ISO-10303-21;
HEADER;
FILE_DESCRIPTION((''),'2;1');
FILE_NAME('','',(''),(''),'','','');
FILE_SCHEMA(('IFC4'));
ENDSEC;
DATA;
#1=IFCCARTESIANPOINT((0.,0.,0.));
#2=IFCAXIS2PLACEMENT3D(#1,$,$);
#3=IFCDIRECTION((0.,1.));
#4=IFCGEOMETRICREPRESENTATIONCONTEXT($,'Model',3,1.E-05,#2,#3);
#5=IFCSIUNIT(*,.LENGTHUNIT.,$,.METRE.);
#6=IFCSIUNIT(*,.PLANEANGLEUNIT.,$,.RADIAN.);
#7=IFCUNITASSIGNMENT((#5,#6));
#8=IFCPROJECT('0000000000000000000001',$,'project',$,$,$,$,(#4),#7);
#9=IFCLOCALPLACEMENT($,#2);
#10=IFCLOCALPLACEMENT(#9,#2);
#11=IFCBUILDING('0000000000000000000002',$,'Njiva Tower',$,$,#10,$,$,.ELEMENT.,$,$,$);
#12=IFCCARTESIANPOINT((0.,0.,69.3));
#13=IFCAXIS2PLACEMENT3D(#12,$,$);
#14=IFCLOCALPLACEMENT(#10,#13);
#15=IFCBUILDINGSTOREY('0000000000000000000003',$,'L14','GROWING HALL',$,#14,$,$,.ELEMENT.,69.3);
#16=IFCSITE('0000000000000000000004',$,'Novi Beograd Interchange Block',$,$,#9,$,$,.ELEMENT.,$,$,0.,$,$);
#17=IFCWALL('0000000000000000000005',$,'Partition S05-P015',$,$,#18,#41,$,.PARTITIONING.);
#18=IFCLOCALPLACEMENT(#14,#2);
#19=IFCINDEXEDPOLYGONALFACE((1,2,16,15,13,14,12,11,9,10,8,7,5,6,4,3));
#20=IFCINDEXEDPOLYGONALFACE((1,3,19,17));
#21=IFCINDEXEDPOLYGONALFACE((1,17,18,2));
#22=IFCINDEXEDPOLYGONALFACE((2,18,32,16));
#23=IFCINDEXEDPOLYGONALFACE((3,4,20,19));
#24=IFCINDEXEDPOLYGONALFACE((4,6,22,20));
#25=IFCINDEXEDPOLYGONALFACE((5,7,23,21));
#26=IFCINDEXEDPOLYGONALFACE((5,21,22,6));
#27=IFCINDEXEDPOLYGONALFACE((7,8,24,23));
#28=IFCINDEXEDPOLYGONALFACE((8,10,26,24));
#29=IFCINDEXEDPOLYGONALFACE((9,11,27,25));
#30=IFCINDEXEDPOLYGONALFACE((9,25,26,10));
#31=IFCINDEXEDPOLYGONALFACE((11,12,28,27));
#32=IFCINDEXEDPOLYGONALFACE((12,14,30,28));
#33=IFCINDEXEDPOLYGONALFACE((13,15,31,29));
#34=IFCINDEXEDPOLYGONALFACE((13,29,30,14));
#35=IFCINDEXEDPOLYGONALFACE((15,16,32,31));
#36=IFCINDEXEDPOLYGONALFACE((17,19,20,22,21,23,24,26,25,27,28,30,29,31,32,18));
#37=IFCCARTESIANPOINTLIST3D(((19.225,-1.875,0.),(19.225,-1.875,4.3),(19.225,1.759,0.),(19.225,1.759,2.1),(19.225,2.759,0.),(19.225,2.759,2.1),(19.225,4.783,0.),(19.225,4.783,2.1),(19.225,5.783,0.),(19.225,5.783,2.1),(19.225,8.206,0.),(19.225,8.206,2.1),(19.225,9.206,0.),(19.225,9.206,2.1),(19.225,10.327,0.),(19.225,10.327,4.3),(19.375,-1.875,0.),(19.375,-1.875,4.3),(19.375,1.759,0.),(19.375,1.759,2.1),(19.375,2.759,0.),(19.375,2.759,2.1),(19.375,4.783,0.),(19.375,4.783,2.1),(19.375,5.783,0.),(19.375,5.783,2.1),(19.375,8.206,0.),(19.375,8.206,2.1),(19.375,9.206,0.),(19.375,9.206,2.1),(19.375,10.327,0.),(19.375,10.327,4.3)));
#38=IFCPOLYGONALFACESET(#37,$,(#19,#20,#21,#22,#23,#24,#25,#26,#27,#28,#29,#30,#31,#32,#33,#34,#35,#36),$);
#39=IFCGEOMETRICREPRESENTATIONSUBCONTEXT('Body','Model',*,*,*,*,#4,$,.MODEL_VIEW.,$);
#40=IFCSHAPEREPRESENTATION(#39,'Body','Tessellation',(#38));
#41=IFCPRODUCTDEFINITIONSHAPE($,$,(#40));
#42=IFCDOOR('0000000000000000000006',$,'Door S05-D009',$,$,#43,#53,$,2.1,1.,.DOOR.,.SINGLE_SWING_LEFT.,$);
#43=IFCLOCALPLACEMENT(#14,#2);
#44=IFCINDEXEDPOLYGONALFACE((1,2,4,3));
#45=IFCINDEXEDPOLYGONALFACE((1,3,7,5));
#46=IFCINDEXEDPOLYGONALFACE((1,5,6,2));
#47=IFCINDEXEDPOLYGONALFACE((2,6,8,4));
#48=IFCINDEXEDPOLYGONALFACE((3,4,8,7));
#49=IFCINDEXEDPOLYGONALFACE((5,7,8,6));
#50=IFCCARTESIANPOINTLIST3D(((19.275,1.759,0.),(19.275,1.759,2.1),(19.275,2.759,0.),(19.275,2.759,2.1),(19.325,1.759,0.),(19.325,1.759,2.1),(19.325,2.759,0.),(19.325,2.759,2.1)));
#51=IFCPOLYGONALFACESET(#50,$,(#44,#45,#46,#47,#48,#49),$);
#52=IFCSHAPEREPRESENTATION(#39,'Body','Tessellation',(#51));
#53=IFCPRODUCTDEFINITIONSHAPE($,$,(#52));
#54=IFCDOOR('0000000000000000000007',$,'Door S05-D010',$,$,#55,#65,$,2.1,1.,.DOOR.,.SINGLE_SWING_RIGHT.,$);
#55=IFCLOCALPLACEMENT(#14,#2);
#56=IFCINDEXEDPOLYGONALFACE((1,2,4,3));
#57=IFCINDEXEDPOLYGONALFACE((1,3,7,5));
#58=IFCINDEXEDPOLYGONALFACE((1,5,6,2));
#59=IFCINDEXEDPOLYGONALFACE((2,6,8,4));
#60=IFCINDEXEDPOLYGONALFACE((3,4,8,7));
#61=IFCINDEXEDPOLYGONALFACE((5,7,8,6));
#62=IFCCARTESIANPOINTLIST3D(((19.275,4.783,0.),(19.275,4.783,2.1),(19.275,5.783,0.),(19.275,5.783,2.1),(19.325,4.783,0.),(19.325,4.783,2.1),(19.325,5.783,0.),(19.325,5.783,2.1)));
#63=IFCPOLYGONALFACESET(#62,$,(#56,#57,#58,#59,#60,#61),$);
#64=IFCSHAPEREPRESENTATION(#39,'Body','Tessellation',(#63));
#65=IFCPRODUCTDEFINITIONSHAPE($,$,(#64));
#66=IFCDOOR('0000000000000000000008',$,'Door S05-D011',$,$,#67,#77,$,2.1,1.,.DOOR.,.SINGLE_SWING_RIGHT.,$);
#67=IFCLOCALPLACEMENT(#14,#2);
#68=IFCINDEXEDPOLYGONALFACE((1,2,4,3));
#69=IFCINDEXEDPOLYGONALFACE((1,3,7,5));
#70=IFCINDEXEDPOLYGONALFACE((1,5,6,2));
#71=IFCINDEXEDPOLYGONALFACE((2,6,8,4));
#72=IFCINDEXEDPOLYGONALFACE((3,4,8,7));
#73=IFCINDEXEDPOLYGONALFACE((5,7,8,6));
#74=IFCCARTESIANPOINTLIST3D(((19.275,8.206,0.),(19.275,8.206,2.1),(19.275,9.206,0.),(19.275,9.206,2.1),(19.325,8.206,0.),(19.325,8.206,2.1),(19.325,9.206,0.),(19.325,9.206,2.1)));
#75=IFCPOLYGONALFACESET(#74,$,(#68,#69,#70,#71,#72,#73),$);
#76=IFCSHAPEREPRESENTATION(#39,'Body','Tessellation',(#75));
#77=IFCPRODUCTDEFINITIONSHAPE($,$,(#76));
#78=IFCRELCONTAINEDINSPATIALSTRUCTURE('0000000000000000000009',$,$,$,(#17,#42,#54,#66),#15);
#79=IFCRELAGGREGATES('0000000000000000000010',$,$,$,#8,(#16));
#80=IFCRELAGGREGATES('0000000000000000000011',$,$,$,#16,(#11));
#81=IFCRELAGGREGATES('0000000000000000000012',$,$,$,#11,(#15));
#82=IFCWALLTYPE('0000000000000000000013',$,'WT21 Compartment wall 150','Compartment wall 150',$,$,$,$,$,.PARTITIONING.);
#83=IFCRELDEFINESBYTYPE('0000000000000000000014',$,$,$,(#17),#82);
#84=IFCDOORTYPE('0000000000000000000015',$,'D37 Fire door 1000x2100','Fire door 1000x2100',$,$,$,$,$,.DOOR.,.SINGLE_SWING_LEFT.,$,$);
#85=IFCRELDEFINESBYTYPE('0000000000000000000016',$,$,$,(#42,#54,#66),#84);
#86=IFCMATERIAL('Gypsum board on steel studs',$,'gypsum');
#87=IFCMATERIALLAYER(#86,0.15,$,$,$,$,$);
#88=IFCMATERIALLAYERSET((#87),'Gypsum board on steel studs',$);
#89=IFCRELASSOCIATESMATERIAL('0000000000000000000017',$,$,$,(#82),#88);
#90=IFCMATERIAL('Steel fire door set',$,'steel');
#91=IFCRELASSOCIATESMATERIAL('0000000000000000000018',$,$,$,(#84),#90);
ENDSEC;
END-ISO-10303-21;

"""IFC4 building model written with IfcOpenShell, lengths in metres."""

from ifc_helpers import new_model, si_unit, direction, frame, frame_2d, origin, place, context, subcontext, project, spatial, rectangle, extrude, material, layer, layer_set, type_object, element, fill, save


model = new_model("IFC4")

# Units and contexts
model_context = context("Model", 3, precision=1e-05, world=origin(), true_north=direction((0.0, 1.0)))
body_context = subcontext(model_context, "Body", "Model", "MODEL_VIEW")
ifc_project = project(units=[si_unit("LENGTHUNIT", "METRE"), si_unit("PLANEANGLEUNIT", "RADIAN")], contexts=[model_context])

# Site, building, storey
site_placement = place(None, origin())
site = spatial("IfcSite", under=ifc_project, at=site_placement, Name="Novi Beograd Interchange Block", CompositionType="ELEMENT", RefElevation=0.0)
building_placement = place(site_placement, origin())
building = spatial("IfcBuilding", under=site, at=building_placement, Name="Njiva Tower", CompositionType="ELEMENT")
storey_placement = place(building_placement, frame((0.0, 0.0, 69.3)))
storey = spatial("IfcBuildingStorey", under=building, at=storey_placement, Name="L14", Description="GROWING HALL", CompositionType="ELEMENT", Elevation=69.3)

# Shared definitions
ifc_material_1 = material(Name="Gypsum board on steel studs", Category="gypsum")
ifc_layer = layer(ifc_material_1, 0.15)
ifc_layer_set = layer_set([ifc_layer], Name="Gypsum board on steel studs")
wall_type = type_object("IfcWallType", Name="WT21 Compartment wall 150", Description="Compartment wall 150", PredefinedType="PARTITIONING", material=ifc_layer_set)

# Wall, openings, doors
wall_1_placement = place(storey_placement, frame((19.3, -1.875, 0.0), z_axis=(0.0, 0.0, 1.0), x_axis=(0.0, 1.0, 0.0)))
wall_1 = element("IfcWall", 1, at=wall_1_placement, inside=storey, type_object=wall_type, Name="Partition S05-P015", PredefinedType="PARTITIONING", context=body_context, shape_type="SweptSolid", body=[
    extrude(rectangle(XDim=12.202, YDim=0.15, at=frame_2d((6.101, 0.0))), origin(), (0.0, 0.0, 1.0), 4.3),
])
opening_1_placement = place(wall_1_placement, frame((3.634, 0.0, 0.0)))
opening_1 = element("IfcOpeningElement", 2, at=opening_1_placement, cuts=wall_1, PredefinedType="OPENING", context=body_context, shape_type="SweptSolid", body=[
    extrude(rectangle(XDim=1.0, YDim=2.1, at=frame_2d((0.5, 1.05))), frame((0.0, 0.085, 0.0), z_axis=(0.0, -1.0, 0.0), x_axis=(1.0, 0.0, 0.0)), (0.0, 0.0, 1.0), 0.17),
])
opening_2_placement = place(wall_1_placement, frame((6.658, 0.0, 0.0)))
opening_2 = element("IfcOpeningElement", 3, at=opening_2_placement, cuts=wall_1, PredefinedType="OPENING", context=body_context, shape_type="SweptSolid", body=[
    extrude(rectangle(XDim=1.0, YDim=2.1, at=frame_2d((0.5, 1.05))), frame((0.0, 0.085, 0.0), z_axis=(0.0, -1.0, 0.0), x_axis=(1.0, 0.0, 0.0)), (0.0, 0.0, 1.0), 0.17),
])
opening_3_placement = place(wall_1_placement, frame((10.081, 0.0, 0.0)))
opening_3 = element("IfcOpeningElement", 4, at=opening_3_placement, cuts=wall_1, PredefinedType="OPENING", context=body_context, shape_type="SweptSolid", body=[
    extrude(rectangle(XDim=1.0, YDim=2.1, at=frame_2d((0.5, 1.05))), frame((0.0, 0.085, 0.0), z_axis=(0.0, -1.0, 0.0), x_axis=(1.0, 0.0, 0.0)), (0.0, 0.0, 1.0), 0.17),
])
ifc_material_2 = material(Name="Steel fire door set", Category="steel")
door_type = type_object("IfcDoorType", Name="D37 Fire door 1000x2100", Description="Fire door 1000x2100", OperationType="SINGLE_SWING_LEFT", PredefinedType="DOOR", material=ifc_material_2)
door_1_placement = place(opening_1_placement, origin())
door_1 = element("IfcDoor", 5, at=door_1_placement, inside=storey, type_object=door_type, Name="Door S05-D009", OperationType="SINGLE_SWING_LEFT", OverallHeight=2.1, OverallWidth=1.0, PredefinedType="DOOR", context=body_context, shape_type="SweptSolid", body=[
    extrude(rectangle(XDim=1.0, YDim=2.1, at=frame_2d((0.5, 1.05))), frame((0.0, 0.025, 0.0), z_axis=(0.0, -1.0, 0.0), x_axis=(1.0, 0.0, 0.0)), (0.0, 0.0, 1.0), 0.05),
])
fill(opening_1, door_1)
door_2_placement = place(opening_2_placement, origin())
door_2 = element("IfcDoor", 6, at=door_2_placement, inside=storey, type_object=door_type, Name="Door S05-D010", OperationType="SINGLE_SWING_RIGHT", OverallHeight=2.1, OverallWidth=1.0, PredefinedType="DOOR", context=body_context, shape_type="SweptSolid", body=[
    extrude(rectangle(XDim=1.0, YDim=2.1, at=frame_2d((0.5, 1.05))), frame((0.0, 0.025, 0.0), z_axis=(0.0, -1.0, 0.0), x_axis=(1.0, 0.0, 0.0)), (0.0, 0.0, 1.0), 0.05),
])
fill(opening_2, door_2)
door_3_placement = place(opening_3_placement, origin())
door_3 = element("IfcDoor", 7, at=door_3_placement, inside=storey, type_object=door_type, Name="Door S05-D011", OperationType="SINGLE_SWING_RIGHT", OverallHeight=2.1, OverallWidth=1.0, PredefinedType="DOOR", context=body_context, shape_type="SweptSolid", body=[
    extrude(rectangle(XDim=1.0, YDim=2.1, at=frame_2d((0.5, 1.05))), frame((0.0, 0.025, 0.0), z_axis=(0.0, -1.0, 0.0), x_axis=(1.0, 0.0, 0.0)), (0.0, 0.0, 1.0), 0.05),
])
fill(opening_3, door_3)

save(model, "model.ifc")
